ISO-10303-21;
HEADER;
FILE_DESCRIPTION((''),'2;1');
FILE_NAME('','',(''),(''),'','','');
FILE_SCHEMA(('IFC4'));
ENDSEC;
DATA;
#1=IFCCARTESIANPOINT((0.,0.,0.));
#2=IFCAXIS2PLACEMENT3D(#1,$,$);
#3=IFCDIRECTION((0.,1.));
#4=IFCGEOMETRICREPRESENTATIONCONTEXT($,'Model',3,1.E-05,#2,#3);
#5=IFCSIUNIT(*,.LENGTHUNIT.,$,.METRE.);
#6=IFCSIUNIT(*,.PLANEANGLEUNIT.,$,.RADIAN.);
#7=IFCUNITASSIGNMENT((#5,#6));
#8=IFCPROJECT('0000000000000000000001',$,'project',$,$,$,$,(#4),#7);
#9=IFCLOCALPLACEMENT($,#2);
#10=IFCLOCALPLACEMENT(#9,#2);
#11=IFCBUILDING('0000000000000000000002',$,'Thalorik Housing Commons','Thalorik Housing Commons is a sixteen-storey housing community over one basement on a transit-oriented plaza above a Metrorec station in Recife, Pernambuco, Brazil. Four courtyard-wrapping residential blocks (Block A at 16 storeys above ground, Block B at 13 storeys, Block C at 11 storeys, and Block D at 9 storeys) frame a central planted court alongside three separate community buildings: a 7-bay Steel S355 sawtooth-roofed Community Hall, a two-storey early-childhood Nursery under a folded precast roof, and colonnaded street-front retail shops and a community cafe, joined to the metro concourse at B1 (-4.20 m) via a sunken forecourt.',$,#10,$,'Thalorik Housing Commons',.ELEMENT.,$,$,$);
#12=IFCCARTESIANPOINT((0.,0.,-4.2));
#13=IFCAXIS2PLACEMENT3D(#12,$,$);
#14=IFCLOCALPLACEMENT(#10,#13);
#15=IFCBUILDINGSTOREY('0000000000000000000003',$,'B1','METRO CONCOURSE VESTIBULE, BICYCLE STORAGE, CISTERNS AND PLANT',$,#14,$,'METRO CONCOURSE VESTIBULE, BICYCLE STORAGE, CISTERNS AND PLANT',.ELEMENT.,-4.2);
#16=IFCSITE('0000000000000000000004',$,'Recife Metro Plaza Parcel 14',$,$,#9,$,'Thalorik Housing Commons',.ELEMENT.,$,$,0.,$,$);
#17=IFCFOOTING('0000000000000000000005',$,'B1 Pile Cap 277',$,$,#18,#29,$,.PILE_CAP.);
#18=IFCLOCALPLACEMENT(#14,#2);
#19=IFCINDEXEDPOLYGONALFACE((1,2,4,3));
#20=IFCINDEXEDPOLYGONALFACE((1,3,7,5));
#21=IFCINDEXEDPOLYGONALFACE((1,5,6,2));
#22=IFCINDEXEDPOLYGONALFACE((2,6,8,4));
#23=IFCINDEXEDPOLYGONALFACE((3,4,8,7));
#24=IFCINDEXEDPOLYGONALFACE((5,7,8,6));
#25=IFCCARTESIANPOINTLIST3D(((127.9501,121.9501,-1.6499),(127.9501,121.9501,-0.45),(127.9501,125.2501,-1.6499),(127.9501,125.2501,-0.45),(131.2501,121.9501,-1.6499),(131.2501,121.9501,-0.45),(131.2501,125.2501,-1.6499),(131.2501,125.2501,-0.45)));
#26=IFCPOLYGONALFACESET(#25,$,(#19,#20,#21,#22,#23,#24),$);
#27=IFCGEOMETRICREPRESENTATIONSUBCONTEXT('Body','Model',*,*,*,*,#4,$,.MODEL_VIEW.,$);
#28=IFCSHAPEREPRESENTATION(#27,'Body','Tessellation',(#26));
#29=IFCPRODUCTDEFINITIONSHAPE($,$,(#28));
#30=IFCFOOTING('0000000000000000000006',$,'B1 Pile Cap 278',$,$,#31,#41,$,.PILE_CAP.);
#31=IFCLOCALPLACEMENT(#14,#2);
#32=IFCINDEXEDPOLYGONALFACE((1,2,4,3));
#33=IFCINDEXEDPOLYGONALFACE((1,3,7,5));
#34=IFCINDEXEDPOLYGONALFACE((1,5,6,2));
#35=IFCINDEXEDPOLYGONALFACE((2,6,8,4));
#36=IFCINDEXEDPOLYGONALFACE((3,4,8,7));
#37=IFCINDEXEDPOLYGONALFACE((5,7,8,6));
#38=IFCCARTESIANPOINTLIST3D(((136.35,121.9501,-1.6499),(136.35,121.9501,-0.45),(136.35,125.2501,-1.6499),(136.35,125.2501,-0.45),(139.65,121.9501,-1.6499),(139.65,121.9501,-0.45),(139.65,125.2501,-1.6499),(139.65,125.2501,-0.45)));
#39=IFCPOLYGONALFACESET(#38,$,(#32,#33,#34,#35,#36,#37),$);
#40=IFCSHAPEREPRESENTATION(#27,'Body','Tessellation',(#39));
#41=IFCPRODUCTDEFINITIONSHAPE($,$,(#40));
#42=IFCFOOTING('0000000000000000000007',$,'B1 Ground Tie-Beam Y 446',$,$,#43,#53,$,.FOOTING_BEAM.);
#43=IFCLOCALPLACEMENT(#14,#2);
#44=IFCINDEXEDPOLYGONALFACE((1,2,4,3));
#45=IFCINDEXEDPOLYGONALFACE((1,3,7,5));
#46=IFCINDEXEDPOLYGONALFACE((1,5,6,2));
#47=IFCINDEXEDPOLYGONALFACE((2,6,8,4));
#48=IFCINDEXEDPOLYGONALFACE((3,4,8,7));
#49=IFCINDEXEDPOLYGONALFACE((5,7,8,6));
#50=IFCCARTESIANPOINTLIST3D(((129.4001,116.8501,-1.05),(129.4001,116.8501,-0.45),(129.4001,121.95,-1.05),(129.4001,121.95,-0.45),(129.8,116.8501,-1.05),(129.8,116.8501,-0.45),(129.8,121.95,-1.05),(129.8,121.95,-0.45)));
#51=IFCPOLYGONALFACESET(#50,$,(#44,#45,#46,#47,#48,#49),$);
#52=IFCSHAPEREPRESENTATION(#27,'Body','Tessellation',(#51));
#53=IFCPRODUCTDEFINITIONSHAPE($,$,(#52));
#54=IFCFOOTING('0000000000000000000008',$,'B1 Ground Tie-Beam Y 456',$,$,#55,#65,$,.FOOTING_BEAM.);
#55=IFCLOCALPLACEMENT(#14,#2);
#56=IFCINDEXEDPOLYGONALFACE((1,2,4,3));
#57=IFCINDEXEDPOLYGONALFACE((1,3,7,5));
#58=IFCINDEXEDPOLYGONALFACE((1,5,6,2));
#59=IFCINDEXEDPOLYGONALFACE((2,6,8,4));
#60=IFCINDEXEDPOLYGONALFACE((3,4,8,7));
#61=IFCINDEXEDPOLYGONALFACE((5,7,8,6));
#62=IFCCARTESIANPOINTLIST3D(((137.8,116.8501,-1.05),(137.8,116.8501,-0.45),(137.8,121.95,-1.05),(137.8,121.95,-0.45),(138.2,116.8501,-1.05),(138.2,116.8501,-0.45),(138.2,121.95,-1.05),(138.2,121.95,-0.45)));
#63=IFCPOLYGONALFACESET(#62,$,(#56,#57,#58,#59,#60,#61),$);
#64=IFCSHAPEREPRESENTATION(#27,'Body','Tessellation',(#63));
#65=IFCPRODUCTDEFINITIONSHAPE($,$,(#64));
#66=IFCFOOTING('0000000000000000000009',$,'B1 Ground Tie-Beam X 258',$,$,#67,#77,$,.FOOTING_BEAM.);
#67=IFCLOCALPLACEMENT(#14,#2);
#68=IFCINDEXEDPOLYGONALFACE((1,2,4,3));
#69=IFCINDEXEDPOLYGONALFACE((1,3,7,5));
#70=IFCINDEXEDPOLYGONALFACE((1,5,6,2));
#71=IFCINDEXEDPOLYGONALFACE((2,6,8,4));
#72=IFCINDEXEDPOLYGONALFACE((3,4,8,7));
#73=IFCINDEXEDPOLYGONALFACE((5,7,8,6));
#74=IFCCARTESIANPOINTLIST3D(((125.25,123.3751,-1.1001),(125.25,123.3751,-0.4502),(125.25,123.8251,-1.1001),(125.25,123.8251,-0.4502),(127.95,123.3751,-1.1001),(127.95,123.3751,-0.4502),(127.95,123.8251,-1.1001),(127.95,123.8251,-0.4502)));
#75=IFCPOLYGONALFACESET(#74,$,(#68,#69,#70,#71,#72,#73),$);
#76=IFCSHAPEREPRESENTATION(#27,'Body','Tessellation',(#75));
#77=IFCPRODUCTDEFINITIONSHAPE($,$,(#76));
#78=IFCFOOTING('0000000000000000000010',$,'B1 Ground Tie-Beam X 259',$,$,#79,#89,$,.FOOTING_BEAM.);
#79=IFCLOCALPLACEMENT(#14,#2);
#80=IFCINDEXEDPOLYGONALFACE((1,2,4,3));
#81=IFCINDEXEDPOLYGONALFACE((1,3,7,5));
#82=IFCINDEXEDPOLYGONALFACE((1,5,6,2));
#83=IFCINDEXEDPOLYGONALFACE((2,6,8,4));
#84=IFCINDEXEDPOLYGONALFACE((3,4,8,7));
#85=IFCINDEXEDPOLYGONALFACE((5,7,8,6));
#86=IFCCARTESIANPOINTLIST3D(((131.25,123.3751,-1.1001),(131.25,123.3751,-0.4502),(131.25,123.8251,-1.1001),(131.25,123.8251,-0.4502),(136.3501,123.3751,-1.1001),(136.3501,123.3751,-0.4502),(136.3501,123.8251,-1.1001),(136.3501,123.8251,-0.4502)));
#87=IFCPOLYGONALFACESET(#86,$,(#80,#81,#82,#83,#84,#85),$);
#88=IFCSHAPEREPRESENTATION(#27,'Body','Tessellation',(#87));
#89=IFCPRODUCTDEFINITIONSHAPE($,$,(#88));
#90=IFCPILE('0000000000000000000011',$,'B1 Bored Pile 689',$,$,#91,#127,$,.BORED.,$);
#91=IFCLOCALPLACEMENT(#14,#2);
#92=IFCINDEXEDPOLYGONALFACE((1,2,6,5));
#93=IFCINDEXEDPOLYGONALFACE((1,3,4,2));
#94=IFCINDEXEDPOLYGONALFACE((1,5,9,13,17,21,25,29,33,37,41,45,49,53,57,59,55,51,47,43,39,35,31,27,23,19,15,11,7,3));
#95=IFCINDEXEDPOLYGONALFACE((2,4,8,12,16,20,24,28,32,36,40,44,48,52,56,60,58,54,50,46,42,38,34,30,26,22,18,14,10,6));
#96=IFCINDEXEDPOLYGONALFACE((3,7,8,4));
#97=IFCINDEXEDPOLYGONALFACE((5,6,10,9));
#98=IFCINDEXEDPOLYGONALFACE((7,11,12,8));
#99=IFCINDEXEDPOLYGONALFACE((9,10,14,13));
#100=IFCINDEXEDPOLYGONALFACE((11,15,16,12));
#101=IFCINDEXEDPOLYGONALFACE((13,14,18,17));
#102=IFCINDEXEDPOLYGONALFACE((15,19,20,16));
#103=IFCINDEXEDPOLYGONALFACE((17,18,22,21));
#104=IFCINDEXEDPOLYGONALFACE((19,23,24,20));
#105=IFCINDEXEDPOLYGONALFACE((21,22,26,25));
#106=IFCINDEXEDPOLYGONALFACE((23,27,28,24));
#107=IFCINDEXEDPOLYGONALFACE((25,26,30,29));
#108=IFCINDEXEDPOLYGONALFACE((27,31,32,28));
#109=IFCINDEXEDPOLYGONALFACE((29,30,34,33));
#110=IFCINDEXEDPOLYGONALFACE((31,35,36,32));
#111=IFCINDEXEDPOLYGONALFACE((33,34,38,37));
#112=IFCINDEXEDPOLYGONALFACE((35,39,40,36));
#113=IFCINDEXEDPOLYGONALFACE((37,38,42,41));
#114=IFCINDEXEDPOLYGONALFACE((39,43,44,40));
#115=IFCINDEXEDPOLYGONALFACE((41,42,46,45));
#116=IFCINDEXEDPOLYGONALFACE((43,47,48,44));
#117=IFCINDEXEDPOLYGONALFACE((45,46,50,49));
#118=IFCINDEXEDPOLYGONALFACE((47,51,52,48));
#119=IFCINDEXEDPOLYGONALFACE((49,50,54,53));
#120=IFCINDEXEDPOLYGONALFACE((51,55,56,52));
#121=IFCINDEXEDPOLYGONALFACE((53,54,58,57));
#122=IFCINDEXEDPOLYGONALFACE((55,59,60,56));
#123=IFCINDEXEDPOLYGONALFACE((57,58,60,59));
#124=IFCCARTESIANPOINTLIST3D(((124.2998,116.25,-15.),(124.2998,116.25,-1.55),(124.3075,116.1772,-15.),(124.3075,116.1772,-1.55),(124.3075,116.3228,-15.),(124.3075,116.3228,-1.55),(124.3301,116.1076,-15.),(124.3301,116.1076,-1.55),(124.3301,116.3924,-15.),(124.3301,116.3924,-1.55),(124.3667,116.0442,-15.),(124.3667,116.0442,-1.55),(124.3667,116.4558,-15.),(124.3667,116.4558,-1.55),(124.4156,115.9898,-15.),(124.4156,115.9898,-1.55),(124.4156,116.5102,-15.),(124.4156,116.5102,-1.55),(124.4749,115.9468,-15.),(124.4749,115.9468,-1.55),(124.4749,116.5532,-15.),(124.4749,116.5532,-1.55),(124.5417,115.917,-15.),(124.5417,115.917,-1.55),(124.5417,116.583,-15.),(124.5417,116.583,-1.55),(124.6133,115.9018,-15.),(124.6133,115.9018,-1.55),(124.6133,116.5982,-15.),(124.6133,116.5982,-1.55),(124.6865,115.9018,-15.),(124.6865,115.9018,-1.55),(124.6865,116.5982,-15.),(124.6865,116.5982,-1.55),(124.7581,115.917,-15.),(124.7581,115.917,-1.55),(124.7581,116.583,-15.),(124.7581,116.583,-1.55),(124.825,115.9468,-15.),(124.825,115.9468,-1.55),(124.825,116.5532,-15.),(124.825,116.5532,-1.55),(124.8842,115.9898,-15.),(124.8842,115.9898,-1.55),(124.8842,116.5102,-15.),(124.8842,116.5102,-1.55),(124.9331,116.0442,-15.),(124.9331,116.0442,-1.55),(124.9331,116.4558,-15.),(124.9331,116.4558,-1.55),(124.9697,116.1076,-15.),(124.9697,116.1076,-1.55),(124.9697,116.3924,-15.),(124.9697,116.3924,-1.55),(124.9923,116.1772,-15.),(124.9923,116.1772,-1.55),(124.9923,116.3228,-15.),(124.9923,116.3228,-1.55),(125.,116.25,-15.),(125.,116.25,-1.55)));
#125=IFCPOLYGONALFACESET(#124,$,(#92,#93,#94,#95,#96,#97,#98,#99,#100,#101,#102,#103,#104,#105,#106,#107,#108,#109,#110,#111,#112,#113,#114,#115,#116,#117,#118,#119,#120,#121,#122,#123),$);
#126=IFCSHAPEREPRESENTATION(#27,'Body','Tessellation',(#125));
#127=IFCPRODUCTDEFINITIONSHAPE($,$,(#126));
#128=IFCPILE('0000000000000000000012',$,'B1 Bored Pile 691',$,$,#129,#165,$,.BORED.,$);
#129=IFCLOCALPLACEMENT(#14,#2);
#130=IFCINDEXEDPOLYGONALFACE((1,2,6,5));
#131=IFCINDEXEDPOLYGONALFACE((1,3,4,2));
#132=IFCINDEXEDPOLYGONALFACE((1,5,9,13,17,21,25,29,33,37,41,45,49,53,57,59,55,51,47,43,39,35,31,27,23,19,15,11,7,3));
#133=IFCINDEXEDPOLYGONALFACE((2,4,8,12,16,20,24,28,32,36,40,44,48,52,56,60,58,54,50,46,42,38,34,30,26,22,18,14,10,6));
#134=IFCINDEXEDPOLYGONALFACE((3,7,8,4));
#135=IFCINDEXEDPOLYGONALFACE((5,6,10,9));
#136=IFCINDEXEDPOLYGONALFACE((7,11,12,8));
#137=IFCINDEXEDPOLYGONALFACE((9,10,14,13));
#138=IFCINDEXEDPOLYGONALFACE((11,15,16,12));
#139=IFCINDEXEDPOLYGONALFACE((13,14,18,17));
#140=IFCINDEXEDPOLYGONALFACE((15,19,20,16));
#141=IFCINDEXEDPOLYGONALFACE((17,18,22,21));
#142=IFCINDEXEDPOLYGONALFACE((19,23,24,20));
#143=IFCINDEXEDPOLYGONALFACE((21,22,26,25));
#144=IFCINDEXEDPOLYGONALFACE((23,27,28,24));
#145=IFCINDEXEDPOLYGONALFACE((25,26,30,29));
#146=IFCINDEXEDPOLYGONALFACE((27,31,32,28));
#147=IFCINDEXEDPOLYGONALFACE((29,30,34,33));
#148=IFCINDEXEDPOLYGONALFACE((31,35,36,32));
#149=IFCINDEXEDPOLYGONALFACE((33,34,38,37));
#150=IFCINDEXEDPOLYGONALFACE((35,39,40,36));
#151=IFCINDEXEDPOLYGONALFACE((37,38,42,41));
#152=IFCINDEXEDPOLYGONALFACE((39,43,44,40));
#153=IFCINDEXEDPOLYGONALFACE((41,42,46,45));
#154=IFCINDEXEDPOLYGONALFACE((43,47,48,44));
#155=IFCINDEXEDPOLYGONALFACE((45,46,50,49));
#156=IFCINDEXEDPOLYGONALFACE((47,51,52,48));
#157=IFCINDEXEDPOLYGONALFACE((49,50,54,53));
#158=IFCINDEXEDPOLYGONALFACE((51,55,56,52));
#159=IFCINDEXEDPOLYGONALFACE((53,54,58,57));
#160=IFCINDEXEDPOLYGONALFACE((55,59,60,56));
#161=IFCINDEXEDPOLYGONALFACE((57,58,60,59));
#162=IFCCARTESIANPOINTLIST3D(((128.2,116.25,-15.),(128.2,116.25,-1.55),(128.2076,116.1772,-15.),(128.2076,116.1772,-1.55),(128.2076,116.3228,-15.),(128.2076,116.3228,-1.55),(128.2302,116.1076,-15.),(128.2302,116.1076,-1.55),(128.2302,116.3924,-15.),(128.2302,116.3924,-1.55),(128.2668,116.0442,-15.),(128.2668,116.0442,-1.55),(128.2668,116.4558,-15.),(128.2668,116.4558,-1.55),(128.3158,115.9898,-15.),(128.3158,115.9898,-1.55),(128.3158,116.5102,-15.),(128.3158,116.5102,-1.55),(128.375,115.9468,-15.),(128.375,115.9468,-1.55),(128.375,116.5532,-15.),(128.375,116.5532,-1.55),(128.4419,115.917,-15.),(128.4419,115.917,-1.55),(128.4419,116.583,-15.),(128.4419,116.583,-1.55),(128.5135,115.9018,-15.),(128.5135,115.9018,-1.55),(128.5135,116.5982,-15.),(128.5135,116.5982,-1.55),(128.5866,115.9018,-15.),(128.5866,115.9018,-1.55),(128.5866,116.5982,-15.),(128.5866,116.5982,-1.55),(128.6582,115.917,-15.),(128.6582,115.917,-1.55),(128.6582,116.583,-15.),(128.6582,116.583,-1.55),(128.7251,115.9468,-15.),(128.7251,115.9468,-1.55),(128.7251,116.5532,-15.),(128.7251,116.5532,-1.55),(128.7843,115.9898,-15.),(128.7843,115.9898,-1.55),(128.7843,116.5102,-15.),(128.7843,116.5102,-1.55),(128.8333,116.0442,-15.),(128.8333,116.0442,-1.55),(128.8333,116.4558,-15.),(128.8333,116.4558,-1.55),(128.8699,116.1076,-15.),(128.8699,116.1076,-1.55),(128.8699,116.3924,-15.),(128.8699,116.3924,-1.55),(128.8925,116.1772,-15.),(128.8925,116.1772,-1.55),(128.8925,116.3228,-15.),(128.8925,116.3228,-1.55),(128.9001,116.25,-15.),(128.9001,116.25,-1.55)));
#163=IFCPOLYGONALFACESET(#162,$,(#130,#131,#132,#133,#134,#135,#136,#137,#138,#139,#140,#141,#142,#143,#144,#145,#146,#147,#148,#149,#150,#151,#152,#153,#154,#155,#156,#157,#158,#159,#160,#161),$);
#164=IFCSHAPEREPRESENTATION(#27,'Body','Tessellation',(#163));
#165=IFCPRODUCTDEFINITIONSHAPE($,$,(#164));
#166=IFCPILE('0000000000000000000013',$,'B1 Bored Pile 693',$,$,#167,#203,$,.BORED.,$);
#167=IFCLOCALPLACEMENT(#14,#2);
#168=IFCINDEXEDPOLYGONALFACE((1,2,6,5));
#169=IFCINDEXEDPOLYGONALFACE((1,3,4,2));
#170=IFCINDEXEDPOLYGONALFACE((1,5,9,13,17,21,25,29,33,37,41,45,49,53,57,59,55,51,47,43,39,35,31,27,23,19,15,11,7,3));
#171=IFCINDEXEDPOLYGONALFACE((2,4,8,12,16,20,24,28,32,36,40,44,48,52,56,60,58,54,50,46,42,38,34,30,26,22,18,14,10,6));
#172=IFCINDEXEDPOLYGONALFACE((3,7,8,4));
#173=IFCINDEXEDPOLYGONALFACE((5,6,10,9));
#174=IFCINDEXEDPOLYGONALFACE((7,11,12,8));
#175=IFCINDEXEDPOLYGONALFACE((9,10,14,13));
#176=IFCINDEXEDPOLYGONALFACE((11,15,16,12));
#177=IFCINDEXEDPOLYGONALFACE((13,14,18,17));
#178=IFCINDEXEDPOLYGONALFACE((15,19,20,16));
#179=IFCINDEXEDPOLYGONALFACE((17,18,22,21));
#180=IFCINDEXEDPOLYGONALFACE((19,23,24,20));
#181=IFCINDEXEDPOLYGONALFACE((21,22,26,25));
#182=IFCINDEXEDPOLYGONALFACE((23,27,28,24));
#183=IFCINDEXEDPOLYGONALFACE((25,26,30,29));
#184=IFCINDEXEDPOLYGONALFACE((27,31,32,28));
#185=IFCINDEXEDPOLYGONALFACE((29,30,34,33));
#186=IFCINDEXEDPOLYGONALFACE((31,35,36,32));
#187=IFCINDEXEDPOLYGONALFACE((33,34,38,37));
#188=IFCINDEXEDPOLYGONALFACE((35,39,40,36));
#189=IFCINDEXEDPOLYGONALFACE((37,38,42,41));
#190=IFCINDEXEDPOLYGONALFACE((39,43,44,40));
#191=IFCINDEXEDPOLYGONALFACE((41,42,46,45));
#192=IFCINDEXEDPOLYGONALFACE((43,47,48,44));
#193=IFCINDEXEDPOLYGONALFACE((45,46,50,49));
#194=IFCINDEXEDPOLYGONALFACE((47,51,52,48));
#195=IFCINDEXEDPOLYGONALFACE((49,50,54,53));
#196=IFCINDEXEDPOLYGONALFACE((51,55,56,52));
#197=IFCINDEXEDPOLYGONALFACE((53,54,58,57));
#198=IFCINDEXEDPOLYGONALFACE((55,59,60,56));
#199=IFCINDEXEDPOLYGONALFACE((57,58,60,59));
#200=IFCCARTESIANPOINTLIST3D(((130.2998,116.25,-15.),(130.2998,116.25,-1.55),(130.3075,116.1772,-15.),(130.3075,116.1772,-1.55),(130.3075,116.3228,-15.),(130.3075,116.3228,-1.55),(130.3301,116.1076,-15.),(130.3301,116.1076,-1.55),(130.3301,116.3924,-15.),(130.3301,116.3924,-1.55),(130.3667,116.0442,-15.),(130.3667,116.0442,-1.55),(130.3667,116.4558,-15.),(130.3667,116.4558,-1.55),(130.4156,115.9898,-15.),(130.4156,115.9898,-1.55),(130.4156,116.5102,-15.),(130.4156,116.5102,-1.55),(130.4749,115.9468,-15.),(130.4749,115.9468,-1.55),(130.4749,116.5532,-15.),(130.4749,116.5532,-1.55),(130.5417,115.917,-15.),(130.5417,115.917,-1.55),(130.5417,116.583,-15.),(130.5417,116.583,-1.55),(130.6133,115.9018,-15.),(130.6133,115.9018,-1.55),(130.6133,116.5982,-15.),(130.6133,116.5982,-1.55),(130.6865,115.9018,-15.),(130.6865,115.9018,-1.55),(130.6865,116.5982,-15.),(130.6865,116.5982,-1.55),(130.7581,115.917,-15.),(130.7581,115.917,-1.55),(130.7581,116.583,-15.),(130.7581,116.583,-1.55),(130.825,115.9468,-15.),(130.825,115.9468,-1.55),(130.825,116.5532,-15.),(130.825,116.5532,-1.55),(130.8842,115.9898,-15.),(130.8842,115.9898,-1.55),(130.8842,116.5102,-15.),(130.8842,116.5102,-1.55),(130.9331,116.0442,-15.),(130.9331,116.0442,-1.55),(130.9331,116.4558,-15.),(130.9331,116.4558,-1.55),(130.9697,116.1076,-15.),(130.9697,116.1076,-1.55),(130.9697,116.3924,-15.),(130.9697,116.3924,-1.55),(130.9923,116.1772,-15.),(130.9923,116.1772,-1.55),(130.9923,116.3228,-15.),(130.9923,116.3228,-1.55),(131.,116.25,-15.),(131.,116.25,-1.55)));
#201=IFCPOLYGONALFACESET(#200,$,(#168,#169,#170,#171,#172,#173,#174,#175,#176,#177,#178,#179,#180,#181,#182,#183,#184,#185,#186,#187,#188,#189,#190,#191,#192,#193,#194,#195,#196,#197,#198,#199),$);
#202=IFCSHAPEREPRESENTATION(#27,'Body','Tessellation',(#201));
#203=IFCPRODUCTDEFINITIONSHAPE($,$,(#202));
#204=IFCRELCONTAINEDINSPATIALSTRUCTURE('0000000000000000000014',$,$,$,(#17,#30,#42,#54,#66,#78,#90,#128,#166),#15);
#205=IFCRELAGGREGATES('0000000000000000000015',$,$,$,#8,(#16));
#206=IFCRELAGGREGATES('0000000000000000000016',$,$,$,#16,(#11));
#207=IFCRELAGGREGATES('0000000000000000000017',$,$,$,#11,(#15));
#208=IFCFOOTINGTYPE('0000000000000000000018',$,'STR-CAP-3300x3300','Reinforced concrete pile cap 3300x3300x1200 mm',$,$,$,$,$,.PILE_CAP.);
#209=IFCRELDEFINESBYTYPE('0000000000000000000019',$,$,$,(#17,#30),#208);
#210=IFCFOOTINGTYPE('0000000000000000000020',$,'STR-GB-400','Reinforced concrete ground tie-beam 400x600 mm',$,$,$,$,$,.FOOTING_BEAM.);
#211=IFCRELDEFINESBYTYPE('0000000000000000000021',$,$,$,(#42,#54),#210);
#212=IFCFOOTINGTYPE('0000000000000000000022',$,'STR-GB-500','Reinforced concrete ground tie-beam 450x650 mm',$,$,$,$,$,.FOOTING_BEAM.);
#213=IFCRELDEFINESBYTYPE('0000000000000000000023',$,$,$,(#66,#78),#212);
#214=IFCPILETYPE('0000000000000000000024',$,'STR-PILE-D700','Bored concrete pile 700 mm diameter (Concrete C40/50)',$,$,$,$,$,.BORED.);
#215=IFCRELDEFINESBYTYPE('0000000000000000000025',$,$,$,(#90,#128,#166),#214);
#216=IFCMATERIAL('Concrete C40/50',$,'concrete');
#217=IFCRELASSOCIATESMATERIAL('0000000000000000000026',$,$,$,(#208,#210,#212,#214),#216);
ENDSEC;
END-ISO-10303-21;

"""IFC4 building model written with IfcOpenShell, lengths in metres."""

from ifc_helpers import new_model, si_unit, direction, frame, origin, origin_2d, place, context, subcontext, project, spatial, rectangle, circle, extrude, material, material_profile, profile_set, type_object, element, save


model = new_model("IFC4")

# Units and contexts
model_context = context("Model", 3, precision=1e-05, world=origin(), true_north=direction((0.0, 1.0)))
body_context = subcontext(model_context, "Body", "Model", "MODEL_VIEW")
ifc_project = project(units=[si_unit("LENGTHUNIT", "METRE"), si_unit("PLANEANGLEUNIT", "RADIAN")], contexts=[model_context])

# Site, building, storey
site_placement = place(None, origin())
site = spatial("IfcSite", under=ifc_project, at=site_placement, Name="Recife Metro Plaza Parcel 14", LongName="Thalorik Housing Commons", CompositionType="ELEMENT", RefElevation=0.0)
building_placement = place(site_placement, origin())
building = spatial("IfcBuilding", under=site, at=building_placement, Name="Thalorik Housing Commons", Description="Thalorik Housing Commons is a sixteen-storey housing community over one basement on a transit-oriented plaza above a Metrorec station in Recife, Pernambuco, Brazil. Four courtyard-wrapping residential blocks (Block A at 16 storeys above ground, Block B at 13 storeys, Block C at 11 storeys, and Block D at 9 storeys) frame a central planted court alongside three separate community buildings: a 7-bay Steel S355 sawtooth-roofed Community Hall, a two-storey early-childhood Nursery under a folded precast roof, and colonnaded street-front retail shops and a community cafe, joined to the metro concourse at B1 (-4.20 m) via a sunken forecourt.", LongName="Thalorik Housing Commons", CompositionType="ELEMENT")
storey_placement = place(building_placement, frame((0.0, 0.0, -4.2)))
storey = spatial("IfcBuildingStorey", under=building, at=storey_placement, Name="B1", Description="METRO CONCOURSE VESTIBULE, BICYCLE STORAGE, CISTERNS AND PLANT", LongName="METRO CONCOURSE VESTIBULE, BICYCLE STORAGE, CISTERNS AND PLANT", CompositionType="ELEMENT", Elevation=-4.2)

# Footings
ifc_material_1 = material(Name="Concrete C40/50", Category="concrete")
footing_type_1 = type_object("IfcFootingType", Name="STR-CAP-3300x3300", Description="Reinforced concrete pile cap 3300x3300x1200 mm", PredefinedType="PILE_CAP", material=ifc_material_1)
for number, where, z_axis, x_axis, name in (
    (1, (129.6001, 123.6001, -1.6499), (0.0, 0.0, 1.0), (1.0, 0.0, 0.0), "B1 Pile Cap 277"),
    (2, (138.0, 123.6001, -1.6499), (0.0, 0.0, 1.0), (1.0, 0.0, 0.0), "B1 Pile Cap 278"),
):
    element("IfcFooting", number, at=place(storey_placement, frame(where, z_axis=z_axis, x_axis=x_axis)), inside=storey, type_object=footing_type_1, Name=name, PredefinedType="PILE_CAP", context=body_context, shape_type="SweptSolid", body=[
        extrude(rectangle(XDim=3.3, YDim=3.3, at=origin_2d()), origin(), (0.0, 0.0, 1.0), 1.2),
    ])
ifc_material_profile_1 = material_profile(ifc_material_1, rectangle(XDim=0.3999, YDim=0.6001, at=origin_2d()), Name="RC 400x600", Category="concrete")
ifc_profile_set_1 = profile_set([ifc_material_profile_1], Name="Concrete C40/50")
footing_type_2 = type_object("IfcFootingType", Name="STR-GB-400", Description="Reinforced concrete ground tie-beam 400x600 mm", PredefinedType="FOOTING_BEAM", material=ifc_profile_set_1)
for number, where, z_axis, x_axis, name in (
    (3, (129.6001, 116.8501, -0.75), (0.0, 1.0, 0.0), (-1.0, 0.0, 0.0), "B1 Ground Tie-Beam Y 446"),
    (4, (138.0, 116.8501, -0.75), (0.0, 1.0, 0.0), (-1.0, 0.0, 0.0), "B1 Ground Tie-Beam Y 456"),
):
    element("IfcFooting", number, at=place(storey_placement, frame(where, z_axis=z_axis, x_axis=x_axis)), inside=storey, type_object=footing_type_2, Name=name, PredefinedType="FOOTING_BEAM", context=body_context, shape_type="SweptSolid", body=[
        extrude(rectangle(XDim=0.3999, YDim=0.6001, at=origin_2d()), origin(), (0.0, 0.0, 1.0), 5.0999),
    ])
ifc_material_profile_2 = material_profile(ifc_material_1, rectangle(XDim=0.45, YDim=0.6499, at=origin_2d()), Name="RC 450x650", Category="concrete")
ifc_profile_set_2 = profile_set([ifc_material_profile_2], Name="Concrete C40/50")
footing_type_3 = type_object("IfcFootingType", Name="STR-GB-500", Description="Reinforced concrete ground tie-beam 450x650 mm", PredefinedType="FOOTING_BEAM", material=ifc_profile_set_2)
footing_1_placement = place(storey_placement, frame((125.25, 123.6001, -0.7751), z_axis=(1.0, 0.0, 0.0), x_axis=(0.0, 1.0, 0.0)))
element("IfcFooting", 5, at=footing_1_placement, inside=storey, type_object=footing_type_3, Name="B1 Ground Tie-Beam X 258", PredefinedType="FOOTING_BEAM", context=body_context, shape_type="SweptSolid", body=[
    extrude(rectangle(XDim=0.45, YDim=0.6499, at=origin_2d()), origin(), (0.0, 0.0, 1.0), 2.7),
])
footing_2_placement = place(storey_placement, frame((131.25, 123.6001, -0.7751), z_axis=(1.0, 0.0, 0.0), x_axis=(0.0, 1.0, 0.0)))
element("IfcFooting", 6, at=footing_2_placement, inside=storey, type_object=footing_type_3, Name="B1 Ground Tie-Beam X 259", PredefinedType="FOOTING_BEAM", context=body_context, shape_type="SweptSolid", body=[
    extrude(rectangle(XDim=0.45, YDim=0.6499, at=origin_2d()), origin(), (0.0, 0.0, 1.0), 5.1001),
])

# Piles
ifc_material_profile_3 = material_profile(ifc_material_1, circle(Radius=0.3501, at=origin_2d()), Name="BORED PILE D700", Category="concrete")
ifc_profile_set_3 = profile_set([ifc_material_profile_3], Name="Concrete C40/50")
pile_type = type_object("IfcPileType", Name="STR-PILE-D700", Description="Bored concrete pile 700 mm diameter (Concrete C40/50)", PredefinedType="BORED", material=ifc_profile_set_3)
for number, where, z_axis, x_axis, name in (
    (7, (124.6499, 116.25, -1.55), (0.0, 0.0, -1.0), (1.0, 0.0, 0.0), "B1 Bored Pile 689"),
    (8, (128.55, 116.25, -1.55), (0.0, 0.0, -1.0), (1.0, 0.0, 0.0), "B1 Bored Pile 691"),
    (9, (130.6499, 116.25, -1.55), (0.0, 0.0, -1.0), (1.0, 0.0, 0.0), "B1 Bored Pile 693"),
):
    element("IfcPile", number, at=place(storey_placement, frame(where, z_axis=z_axis, x_axis=x_axis)), inside=storey, type_object=pile_type, Name=name, PredefinedType="BORED", context=body_context, shape_type="SweptSolid", body=[
        extrude(circle(Radius=0.3501, at=origin_2d()), origin(), (0.0, 0.0, 1.0), 13.45),
    ])

save(model, "model.ifc")
